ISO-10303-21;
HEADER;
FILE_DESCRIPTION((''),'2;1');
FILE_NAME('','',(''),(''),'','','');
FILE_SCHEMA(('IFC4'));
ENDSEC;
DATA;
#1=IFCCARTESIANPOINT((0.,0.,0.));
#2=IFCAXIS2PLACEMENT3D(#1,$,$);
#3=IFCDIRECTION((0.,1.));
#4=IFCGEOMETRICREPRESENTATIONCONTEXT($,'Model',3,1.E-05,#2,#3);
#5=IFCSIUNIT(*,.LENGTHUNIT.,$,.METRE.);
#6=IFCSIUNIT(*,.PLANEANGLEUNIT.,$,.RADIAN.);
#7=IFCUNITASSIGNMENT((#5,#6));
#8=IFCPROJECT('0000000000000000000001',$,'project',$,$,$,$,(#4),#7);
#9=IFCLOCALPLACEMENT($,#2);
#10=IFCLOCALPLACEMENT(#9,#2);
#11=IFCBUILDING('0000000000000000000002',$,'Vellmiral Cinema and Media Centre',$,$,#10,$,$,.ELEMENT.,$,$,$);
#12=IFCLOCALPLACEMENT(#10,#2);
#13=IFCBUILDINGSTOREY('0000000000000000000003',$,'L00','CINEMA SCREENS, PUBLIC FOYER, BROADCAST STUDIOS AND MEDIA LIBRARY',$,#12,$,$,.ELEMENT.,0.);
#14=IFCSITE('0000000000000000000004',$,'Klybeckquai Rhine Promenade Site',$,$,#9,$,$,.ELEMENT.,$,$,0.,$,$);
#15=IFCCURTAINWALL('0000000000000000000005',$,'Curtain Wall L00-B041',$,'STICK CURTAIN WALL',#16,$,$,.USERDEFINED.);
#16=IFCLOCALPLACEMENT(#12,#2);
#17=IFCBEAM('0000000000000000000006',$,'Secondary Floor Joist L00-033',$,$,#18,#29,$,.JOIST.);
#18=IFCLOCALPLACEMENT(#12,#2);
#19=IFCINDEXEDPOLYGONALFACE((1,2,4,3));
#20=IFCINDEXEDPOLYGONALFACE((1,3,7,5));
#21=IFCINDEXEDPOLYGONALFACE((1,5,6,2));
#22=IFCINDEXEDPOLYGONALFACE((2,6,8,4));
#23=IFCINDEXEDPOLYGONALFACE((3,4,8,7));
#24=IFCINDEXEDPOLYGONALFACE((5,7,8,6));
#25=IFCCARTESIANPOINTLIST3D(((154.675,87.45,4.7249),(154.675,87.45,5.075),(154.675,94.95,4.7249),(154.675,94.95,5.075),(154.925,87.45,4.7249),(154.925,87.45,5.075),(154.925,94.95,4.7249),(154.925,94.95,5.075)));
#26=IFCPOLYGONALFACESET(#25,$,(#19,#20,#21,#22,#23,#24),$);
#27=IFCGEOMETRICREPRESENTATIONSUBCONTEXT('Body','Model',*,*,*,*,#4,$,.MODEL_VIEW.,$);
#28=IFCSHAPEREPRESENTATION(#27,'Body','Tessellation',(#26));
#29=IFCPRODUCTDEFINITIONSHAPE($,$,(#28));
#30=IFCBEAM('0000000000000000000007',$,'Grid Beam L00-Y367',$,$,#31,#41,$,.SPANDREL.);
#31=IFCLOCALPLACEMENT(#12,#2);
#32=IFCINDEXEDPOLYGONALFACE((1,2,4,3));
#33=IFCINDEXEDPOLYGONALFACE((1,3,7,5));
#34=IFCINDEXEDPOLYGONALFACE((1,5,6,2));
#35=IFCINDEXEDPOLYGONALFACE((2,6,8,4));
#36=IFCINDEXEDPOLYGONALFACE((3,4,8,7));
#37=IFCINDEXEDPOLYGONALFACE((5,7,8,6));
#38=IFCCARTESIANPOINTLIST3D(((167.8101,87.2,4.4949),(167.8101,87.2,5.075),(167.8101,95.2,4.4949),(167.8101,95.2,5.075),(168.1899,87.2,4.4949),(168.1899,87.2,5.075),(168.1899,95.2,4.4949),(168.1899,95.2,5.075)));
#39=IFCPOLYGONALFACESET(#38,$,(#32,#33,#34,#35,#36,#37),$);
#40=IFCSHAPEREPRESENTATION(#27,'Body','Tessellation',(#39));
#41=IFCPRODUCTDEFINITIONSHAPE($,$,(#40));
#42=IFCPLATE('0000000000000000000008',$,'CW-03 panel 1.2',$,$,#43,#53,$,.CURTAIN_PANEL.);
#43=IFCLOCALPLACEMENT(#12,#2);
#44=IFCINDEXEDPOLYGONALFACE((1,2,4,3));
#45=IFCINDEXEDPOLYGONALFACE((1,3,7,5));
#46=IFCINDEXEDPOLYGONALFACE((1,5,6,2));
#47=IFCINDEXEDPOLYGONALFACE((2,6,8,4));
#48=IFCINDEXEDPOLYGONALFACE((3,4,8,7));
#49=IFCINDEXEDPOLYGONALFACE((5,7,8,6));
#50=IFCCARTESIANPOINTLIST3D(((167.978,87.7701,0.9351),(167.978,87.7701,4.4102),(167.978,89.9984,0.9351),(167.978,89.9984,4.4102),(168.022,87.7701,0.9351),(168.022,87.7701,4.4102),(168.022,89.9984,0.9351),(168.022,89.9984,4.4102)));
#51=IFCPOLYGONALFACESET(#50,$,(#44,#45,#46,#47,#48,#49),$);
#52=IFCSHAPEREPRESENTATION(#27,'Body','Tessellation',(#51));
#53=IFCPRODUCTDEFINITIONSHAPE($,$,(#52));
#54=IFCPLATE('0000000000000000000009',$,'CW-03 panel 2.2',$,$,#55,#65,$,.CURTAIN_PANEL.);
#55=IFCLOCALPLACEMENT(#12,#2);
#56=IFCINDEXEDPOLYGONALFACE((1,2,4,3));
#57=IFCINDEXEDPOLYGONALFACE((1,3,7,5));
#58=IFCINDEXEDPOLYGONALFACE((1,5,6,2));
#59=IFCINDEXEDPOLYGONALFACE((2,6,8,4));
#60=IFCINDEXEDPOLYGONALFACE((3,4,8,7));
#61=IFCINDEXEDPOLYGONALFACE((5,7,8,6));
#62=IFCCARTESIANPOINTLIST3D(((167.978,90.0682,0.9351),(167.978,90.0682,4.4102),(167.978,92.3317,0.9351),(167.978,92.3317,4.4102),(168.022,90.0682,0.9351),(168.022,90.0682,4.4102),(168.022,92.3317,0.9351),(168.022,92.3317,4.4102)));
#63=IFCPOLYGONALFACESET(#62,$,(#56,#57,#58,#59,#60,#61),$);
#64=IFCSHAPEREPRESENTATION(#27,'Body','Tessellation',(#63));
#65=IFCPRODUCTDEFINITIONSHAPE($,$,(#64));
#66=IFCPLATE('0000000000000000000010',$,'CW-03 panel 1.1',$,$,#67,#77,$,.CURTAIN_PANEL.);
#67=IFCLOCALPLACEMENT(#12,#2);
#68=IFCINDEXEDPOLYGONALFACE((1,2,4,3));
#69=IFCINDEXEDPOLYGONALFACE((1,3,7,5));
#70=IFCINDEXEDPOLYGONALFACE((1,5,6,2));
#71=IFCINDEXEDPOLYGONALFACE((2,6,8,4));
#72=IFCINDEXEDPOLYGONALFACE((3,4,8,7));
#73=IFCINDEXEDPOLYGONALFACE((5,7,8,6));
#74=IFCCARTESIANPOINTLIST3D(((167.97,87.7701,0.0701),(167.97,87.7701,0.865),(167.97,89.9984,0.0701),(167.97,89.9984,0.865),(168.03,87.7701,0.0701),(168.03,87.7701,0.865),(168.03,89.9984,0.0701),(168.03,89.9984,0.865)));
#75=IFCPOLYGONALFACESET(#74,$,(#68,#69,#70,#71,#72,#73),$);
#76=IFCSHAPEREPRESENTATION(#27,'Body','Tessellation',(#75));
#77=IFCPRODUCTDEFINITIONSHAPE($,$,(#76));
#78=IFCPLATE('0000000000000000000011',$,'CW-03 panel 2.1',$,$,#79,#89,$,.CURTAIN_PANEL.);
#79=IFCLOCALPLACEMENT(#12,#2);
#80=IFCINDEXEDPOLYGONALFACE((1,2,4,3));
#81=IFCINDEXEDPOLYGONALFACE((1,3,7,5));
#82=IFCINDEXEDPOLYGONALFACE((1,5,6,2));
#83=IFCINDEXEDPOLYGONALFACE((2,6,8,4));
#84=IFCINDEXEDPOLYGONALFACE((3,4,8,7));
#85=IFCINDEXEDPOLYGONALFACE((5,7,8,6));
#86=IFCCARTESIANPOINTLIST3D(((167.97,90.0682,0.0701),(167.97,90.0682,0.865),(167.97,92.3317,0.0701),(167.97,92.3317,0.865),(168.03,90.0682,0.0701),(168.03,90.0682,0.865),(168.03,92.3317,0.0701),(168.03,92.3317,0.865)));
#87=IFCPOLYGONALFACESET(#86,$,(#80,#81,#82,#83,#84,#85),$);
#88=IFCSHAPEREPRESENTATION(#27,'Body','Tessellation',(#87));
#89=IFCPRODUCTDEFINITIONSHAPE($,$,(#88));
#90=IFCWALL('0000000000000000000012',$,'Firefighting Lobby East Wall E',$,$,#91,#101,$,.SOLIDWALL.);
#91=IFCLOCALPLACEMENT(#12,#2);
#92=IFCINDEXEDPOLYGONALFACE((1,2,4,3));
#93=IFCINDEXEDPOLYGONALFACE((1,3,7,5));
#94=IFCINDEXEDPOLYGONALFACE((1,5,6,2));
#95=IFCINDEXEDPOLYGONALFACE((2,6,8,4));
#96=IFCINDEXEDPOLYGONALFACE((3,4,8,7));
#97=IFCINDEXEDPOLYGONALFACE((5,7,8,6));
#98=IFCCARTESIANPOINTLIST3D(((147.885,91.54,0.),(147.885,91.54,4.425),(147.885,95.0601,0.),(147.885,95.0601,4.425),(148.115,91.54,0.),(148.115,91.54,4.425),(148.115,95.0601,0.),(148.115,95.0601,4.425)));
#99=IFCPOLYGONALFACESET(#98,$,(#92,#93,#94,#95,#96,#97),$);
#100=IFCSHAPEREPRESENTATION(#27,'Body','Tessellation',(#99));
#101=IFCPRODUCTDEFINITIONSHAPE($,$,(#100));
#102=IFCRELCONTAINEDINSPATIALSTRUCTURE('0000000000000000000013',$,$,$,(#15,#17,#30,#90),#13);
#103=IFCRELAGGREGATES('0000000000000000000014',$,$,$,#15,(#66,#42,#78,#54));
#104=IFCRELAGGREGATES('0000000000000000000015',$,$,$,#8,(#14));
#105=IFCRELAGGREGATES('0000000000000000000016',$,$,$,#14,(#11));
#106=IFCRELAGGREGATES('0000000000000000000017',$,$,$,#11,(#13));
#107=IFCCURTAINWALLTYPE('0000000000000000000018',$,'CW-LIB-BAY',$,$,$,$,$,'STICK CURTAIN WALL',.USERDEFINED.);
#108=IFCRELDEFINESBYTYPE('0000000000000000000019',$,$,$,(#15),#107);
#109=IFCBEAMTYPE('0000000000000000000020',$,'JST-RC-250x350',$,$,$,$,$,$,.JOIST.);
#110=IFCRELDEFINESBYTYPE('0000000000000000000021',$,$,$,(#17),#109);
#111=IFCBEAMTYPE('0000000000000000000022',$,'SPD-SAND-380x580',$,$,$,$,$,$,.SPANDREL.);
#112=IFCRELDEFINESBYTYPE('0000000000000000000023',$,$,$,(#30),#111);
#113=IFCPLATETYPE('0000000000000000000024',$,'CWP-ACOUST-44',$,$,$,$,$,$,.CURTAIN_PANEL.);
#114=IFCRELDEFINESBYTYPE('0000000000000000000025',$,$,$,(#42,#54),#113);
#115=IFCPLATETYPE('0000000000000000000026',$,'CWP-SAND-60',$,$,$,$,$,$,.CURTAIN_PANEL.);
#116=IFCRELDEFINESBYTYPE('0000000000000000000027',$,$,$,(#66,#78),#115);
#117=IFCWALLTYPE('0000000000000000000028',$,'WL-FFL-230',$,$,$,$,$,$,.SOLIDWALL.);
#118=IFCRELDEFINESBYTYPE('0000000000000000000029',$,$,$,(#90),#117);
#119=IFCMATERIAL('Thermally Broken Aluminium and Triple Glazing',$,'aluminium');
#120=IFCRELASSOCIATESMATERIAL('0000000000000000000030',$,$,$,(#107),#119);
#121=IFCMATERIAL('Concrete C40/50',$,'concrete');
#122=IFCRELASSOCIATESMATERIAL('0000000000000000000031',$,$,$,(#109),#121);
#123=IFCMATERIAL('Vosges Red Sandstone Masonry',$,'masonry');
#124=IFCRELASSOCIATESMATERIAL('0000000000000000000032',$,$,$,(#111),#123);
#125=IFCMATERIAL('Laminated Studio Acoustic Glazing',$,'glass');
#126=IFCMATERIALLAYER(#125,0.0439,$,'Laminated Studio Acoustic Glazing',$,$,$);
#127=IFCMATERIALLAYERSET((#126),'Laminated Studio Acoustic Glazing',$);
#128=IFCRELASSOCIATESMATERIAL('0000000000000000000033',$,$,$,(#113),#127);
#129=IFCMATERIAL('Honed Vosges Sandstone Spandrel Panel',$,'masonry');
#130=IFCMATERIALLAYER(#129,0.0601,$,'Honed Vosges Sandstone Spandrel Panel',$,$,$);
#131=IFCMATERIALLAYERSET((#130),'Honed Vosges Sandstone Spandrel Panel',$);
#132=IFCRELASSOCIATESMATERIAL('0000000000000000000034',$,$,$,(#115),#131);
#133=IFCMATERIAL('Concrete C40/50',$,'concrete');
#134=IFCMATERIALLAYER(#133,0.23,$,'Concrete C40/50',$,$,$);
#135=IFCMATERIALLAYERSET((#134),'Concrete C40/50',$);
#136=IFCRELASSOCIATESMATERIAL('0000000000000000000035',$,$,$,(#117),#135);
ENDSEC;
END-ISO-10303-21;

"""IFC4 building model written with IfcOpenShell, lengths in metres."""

from ifc_helpers import new_model, si_unit, direction, frame, frame_2d, origin, origin_2d, place, context, subcontext, project, spatial, rectangle, extrude, material, layer, layer_set, material_profile, profile_set, type_object, element, aggregate, save


model = new_model("IFC4")

# Units and contexts
model_context = context("Model", 3, precision=1e-05, world=origin(), true_north=direction((0.0, 1.0)))
body_context = subcontext(model_context, "Body", "Model", "MODEL_VIEW")
ifc_project = project(units=[si_unit("LENGTHUNIT", "METRE"), si_unit("PLANEANGLEUNIT", "RADIAN")], contexts=[model_context])

# Site, building, storey
site_placement = place(None, origin())
site = spatial("IfcSite", under=ifc_project, at=site_placement, Name="Klybeckquai Rhine Promenade Site", CompositionType="ELEMENT", RefElevation=0.0)
building_placement = place(site_placement, origin())
building = spatial("IfcBuilding", under=site, at=building_placement, Name="Vellmiral Cinema and Media Centre", CompositionType="ELEMENT")
storey_placement = place(building_placement, origin())
storey = spatial("IfcBuildingStorey", under=building, at=storey_placement, Name="L00", Description="CINEMA SCREENS, PUBLIC FOYER, BROADCAST STUDIOS AND MEDIA LIBRARY", CompositionType="ELEMENT", Elevation=0.0)

# Curtain wall
ifc_material_1 = material(Name="Thermally Broken Aluminium and Triple Glazing", Category="aluminium")
curtain_wall_type = type_object("IfcCurtainWallType", Name="CW-LIB-BAY", ElementType="STICK CURTAIN WALL", PredefinedType="USERDEFINED", material=ifc_material_1)
curtain_wall_placement = place(storey_placement, origin())
curtain_wall = element("IfcCurtainWall", 1, at=curtain_wall_placement, inside=storey, type_object=curtain_wall_type, Name="Curtain Wall L00-B041", ObjectType="STICK CURTAIN WALL", PredefinedType="USERDEFINED")

# Beams
ifc_material_2 = material(Name="Concrete C40/50", Category="concrete")
ifc_material_profile_1 = material_profile(ifc_material_2, rectangle(XDim=0.25, YDim=0.3501, at=origin_2d()), Name="RC 250x350")
ifc_profile_set_1 = profile_set([ifc_material_profile_1], Name="Concrete C40/50")
beam_type_1 = type_object("IfcBeamType", Name="JST-RC-250x350", PredefinedType="JOIST", material=ifc_profile_set_1)
beam_1_placement = place(storey_placement, frame((154.8, 87.45, 4.8999), z_axis=(0.0, 1.0, 0.0), x_axis=(-1.0, 0.0, 0.0)))
element("IfcBeam", 2, at=beam_1_placement, inside=storey, type_object=beam_type_1, Name="Secondary Floor Joist L00-033", PredefinedType="JOIST", context=body_context, shape_type="SweptSolid", body=[
    extrude(rectangle(XDim=0.25, YDim=0.3501, at=origin_2d()), origin(), (0.0, 0.0, 1.0), 7.5),
])
ifc_material_3 = material(Name="Vosges Red Sandstone Masonry", Category="masonry")
ifc_material_profile_2 = material_profile(ifc_material_3, rectangle(XDim=0.3799, YDim=0.5801, at=origin_2d()), Name="SAND 380x580")
ifc_profile_set_2 = profile_set([ifc_material_profile_2], Name="Vosges Red Sandstone Masonry")
beam_type_2 = type_object("IfcBeamType", Name="SPD-SAND-380x580", PredefinedType="SPANDREL", material=ifc_profile_set_2)
beam_2_placement = place(storey_placement, frame((168.0, 87.2, 4.7849), z_axis=(0.0, 1.0, 0.0), x_axis=(-1.0, 0.0, 0.0)))
element("IfcBeam", 3, at=beam_2_placement, inside=storey, type_object=beam_type_2, Name="Grid Beam L00-Y367", PredefinedType="SPANDREL", context=body_context, shape_type="SweptSolid", body=[
    extrude(rectangle(XDim=0.3799, YDim=0.5801, at=origin_2d()), origin(), (0.0, 0.0, 1.0), 8.0),
])

# Plates
ifc_material_4 = material(Name="Laminated Studio Acoustic Glazing", Category="glass")
ifc_layer_1 = layer(ifc_material_4, 0.0439, Name="Laminated Studio Acoustic Glazing")
ifc_layer_set_1 = layer_set([ifc_layer_1], Name="Laminated Studio Acoustic Glazing")
plate_type_1 = type_object("IfcPlateType", Name="CWP-ACOUST-44", PredefinedType="CURTAIN_PANEL", material=ifc_layer_set_1)
plate_1_placement = place(storey_placement, frame((168.0, 88.8843, 0.9351), z_axis=(0.0, 0.0, 1.0), x_axis=(0.0, 1.0, 0.0)))
plate_1 = element("IfcPlate", 4, at=plate_1_placement, type_object=plate_type_1, Name="CW-03 panel 1.2", PredefinedType="CURTAIN_PANEL", context=body_context, shape_type="SweptSolid", body=[
    extrude(rectangle(XDim=2.2283, YDim=0.0439, at=origin_2d()), origin(), (0.0, 0.0, 1.0), 3.4751),
])
plate_2_placement = place(storey_placement, frame((168.0, 91.2, 0.9351), z_axis=(0.0, 0.0, 1.0), x_axis=(0.0, 1.0, 0.0)))
plate_2 = element("IfcPlate", 5, at=plate_2_placement, type_object=plate_type_1, Name="CW-03 panel 2.2", PredefinedType="CURTAIN_PANEL", context=body_context, shape_type="SweptSolid", body=[
    extrude(rectangle(XDim=2.2634, YDim=0.0439, at=origin_2d()), origin(), (0.0, 0.0, 1.0), 3.4751),
])
ifc_material_5 = material(Name="Honed Vosges Sandstone Spandrel Panel", Category="masonry")
ifc_layer_2 = layer(ifc_material_5, 0.0601, Name="Honed Vosges Sandstone Spandrel Panel")
ifc_layer_set_2 = layer_set([ifc_layer_2], Name="Honed Vosges Sandstone Spandrel Panel")
plate_type_2 = type_object("IfcPlateType", Name="CWP-SAND-60", PredefinedType="CURTAIN_PANEL", material=ifc_layer_set_2)
plate_3_placement = place(storey_placement, frame((168.0, 88.8843, 0.0701), z_axis=(0.0, 0.0, 1.0), x_axis=(0.0, 1.0, 0.0)))
plate_3 = element("IfcPlate", 6, at=plate_3_placement, type_object=plate_type_2, Name="CW-03 panel 1.1", PredefinedType="CURTAIN_PANEL", context=body_context, shape_type="SweptSolid", body=[
    extrude(rectangle(XDim=2.2283, YDim=0.0601, at=origin_2d()), origin(), (0.0, 0.0, 1.0), 0.7949),
])
plate_4_placement = place(storey_placement, frame((168.0, 91.2, 0.0701), z_axis=(0.0, 0.0, 1.0), x_axis=(0.0, 1.0, 0.0)))
plate_4 = element("IfcPlate", 7, at=plate_4_placement, type_object=plate_type_2, Name="CW-03 panel 2.1", PredefinedType="CURTAIN_PANEL", context=body_context, shape_type="SweptSolid", body=[
    extrude(rectangle(XDim=2.2634, YDim=0.0601, at=origin_2d()), origin(), (0.0, 0.0, 1.0), 0.7949),
])
aggregate(curtain_wall, [plate_3, plate_1, plate_4, plate_2])

# Wall
ifc_material_6 = material(Name="Concrete C40/50", Category="concrete")
ifc_layer_3 = layer(ifc_material_6, 0.23, Name="Concrete C40/50")
ifc_layer_set_3 = layer_set([ifc_layer_3], Name="Concrete C40/50")
wall_type = type_object("IfcWallType", Name="WL-FFL-230", PredefinedType="SOLIDWALL", material=ifc_layer_set_3)
wall_placement = place(storey_placement, frame((148.0, 91.54, 0.0), z_axis=(0.0, 0.0, 1.0), x_axis=(0.0, 1.0, 0.0)))
element("IfcWall", 8, at=wall_placement, inside=storey, type_object=wall_type, Name="Firefighting Lobby East Wall E", PredefinedType="SOLIDWALL", context=body_context, shape_type="SweptSolid", body=[
    extrude(rectangle(XDim=3.52, YDim=0.23, at=frame_2d((1.76, 0.0))), origin(), (0.0, 0.0, 1.0), 4.425),
])

save(model, "model.ifc")
